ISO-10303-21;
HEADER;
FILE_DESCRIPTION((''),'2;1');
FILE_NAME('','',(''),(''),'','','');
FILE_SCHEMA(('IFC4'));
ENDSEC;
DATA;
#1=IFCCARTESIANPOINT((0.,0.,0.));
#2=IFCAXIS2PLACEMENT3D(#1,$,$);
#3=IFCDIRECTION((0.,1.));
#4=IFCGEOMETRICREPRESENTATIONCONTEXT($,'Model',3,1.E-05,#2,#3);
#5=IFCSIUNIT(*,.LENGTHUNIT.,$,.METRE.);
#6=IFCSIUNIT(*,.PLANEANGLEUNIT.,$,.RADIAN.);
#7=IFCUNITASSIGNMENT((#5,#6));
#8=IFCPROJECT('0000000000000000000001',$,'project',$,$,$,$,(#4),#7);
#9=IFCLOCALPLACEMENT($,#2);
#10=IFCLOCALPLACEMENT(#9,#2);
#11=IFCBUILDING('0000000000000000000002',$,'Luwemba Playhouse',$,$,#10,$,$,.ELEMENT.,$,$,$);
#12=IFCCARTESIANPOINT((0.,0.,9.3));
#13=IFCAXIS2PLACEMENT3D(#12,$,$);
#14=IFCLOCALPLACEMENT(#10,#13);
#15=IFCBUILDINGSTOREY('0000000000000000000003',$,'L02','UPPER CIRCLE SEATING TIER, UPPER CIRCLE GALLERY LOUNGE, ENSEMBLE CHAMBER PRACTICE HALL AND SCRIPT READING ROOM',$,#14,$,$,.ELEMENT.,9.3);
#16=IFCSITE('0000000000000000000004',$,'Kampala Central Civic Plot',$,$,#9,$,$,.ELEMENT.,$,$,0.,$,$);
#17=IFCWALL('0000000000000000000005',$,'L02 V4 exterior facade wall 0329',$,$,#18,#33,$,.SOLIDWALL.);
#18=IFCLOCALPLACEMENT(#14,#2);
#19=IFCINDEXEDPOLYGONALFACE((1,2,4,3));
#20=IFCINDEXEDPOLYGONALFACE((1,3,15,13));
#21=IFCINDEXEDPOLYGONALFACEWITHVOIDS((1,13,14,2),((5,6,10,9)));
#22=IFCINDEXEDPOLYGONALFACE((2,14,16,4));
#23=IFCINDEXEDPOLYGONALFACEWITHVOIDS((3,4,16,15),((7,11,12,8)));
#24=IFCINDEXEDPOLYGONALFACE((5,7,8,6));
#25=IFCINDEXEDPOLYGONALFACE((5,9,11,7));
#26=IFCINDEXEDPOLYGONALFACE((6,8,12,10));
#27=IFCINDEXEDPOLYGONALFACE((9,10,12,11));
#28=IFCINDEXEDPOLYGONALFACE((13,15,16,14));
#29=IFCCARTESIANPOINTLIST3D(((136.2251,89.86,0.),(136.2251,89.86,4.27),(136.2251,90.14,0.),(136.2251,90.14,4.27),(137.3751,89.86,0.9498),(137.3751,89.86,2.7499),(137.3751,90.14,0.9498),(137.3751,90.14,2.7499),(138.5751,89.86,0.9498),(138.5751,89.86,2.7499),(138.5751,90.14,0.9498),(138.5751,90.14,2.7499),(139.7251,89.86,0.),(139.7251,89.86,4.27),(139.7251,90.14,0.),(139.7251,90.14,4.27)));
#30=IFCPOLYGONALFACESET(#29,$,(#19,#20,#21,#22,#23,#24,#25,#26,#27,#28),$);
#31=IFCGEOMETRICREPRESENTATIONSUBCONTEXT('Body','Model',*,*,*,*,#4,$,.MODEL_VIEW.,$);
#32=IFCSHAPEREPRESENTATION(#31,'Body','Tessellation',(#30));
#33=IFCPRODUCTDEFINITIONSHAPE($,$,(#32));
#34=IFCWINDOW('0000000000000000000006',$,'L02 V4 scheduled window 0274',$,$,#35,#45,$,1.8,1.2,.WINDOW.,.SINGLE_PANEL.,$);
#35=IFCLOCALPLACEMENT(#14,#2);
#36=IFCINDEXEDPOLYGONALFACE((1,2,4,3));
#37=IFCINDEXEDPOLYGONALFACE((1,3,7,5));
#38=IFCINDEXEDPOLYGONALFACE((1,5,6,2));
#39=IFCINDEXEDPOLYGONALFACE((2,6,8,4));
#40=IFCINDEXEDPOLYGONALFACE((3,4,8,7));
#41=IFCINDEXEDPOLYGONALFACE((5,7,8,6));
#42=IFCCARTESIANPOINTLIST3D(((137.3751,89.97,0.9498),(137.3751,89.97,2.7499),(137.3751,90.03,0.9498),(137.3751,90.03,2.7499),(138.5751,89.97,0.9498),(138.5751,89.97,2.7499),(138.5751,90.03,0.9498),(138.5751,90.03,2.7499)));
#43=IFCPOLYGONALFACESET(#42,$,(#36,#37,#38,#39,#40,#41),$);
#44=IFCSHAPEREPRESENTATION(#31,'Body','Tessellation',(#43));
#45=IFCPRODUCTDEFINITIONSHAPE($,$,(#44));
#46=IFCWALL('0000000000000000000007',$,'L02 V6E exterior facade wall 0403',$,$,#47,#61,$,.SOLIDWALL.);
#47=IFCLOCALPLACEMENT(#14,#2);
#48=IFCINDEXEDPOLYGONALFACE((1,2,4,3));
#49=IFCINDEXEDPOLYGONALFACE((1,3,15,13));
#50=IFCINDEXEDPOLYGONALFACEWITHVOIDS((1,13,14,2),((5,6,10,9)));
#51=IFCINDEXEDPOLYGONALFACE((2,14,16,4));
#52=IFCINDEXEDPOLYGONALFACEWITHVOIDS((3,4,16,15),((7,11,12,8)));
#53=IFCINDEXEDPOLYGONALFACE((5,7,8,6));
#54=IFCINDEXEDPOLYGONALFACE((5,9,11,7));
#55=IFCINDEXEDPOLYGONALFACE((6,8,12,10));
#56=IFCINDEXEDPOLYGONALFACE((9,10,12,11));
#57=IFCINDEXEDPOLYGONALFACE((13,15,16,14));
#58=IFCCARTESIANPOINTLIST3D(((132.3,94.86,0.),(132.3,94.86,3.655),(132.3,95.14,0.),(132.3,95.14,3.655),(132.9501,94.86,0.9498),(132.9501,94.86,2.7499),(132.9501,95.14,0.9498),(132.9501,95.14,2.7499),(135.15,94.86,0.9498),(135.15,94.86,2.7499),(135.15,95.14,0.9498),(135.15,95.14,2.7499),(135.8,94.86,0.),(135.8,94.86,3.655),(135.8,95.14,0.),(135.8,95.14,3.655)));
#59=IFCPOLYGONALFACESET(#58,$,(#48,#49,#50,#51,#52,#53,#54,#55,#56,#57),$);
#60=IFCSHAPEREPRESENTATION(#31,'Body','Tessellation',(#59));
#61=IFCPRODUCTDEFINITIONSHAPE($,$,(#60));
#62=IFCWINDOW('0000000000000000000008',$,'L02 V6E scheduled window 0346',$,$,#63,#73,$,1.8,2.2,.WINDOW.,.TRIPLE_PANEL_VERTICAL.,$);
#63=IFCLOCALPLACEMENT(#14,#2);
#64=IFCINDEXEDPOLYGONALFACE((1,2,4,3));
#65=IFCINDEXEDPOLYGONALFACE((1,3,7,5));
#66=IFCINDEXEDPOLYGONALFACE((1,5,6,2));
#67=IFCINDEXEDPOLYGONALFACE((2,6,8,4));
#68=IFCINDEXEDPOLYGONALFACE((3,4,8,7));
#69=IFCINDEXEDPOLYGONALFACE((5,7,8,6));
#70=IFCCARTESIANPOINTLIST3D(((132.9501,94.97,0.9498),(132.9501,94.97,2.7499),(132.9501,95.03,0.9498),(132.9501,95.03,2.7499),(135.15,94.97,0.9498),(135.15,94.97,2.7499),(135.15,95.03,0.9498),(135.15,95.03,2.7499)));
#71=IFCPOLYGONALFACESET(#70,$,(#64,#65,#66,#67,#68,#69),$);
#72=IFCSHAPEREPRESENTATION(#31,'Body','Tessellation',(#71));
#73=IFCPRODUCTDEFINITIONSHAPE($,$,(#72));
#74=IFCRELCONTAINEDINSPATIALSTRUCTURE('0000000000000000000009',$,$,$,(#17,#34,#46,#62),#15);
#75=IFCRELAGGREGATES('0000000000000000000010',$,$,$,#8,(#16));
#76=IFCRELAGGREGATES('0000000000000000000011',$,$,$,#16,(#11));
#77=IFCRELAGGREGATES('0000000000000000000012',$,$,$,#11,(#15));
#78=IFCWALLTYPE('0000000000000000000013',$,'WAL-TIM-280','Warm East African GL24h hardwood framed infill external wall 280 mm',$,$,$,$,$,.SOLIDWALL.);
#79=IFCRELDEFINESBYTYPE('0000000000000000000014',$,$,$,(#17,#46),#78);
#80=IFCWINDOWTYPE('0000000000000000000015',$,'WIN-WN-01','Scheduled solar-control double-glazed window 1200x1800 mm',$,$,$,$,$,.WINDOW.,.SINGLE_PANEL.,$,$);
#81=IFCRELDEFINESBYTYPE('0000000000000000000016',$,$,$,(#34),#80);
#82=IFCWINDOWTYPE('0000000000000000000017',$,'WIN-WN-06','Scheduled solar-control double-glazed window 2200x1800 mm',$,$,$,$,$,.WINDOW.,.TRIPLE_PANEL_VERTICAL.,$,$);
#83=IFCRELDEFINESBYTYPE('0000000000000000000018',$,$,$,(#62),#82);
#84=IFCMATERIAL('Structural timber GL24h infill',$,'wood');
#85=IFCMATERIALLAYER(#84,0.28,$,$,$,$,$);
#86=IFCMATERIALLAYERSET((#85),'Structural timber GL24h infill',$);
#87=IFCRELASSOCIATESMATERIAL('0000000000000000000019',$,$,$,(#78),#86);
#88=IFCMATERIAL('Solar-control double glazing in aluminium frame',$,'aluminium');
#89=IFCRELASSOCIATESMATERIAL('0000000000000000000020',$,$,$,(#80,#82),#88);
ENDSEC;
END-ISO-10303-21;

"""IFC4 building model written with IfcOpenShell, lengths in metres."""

from ifc_helpers import new_model, si_unit, direction, frame, frame_2d, origin, place, context, subcontext, project, spatial, rectangle, extrude, material, layer, layer_set, type_object, element, fill, save


model = new_model("IFC4")

# Units and contexts
model_context = context("Model", 3, precision=1e-05, world=origin(), true_north=direction((0.0, 1.0)))
body_context = subcontext(model_context, "Body", "Model", "MODEL_VIEW")
ifc_project = project(units=[si_unit("LENGTHUNIT", "METRE"), si_unit("PLANEANGLEUNIT", "RADIAN")], contexts=[model_context])

# Site, building, storey
site_placement = place(None, origin())
site = spatial("IfcSite", under=ifc_project, at=site_placement, Name="Kampala Central Civic Plot", CompositionType="ELEMENT", RefElevation=0.0)
building_placement = place(site_placement, origin())
building = spatial("IfcBuilding", under=site, at=building_placement, Name="Luwemba Playhouse", CompositionType="ELEMENT")
storey_placement = place(building_placement, frame((0.0, 0.0, 9.3)))
storey = spatial("IfcBuildingStorey", under=building, at=storey_placement, Name="L02", Description="UPPER CIRCLE SEATING TIER, UPPER CIRCLE GALLERY LOUNGE, ENSEMBLE CHAMBER PRACTICE HALL AND SCRIPT READING ROOM", CompositionType="ELEMENT", Elevation=9.3)

# Shared definitions
ifc_material_1 = material(Name="Solar-control double glazing in aluminium frame", Category="aluminium")

# Walls, openings, windows
ifc_material_2 = material(Name="Structural timber GL24h infill", Category="wood")
ifc_layer_1 = layer(ifc_material_2, 0.28)
ifc_layer_set_1 = layer_set([ifc_layer_1], Name="Structural timber GL24h infill")
wall_type_1 = type_object("IfcWallType", Name="WAL-TIM-280", Description="Warm East African GL24h hardwood framed infill external wall 280 mm", PredefinedType="SOLIDWALL", material=ifc_layer_set_1)
wall_1_placement = place(storey_placement, frame((136.2251, 90.0, 0.0), z_axis=(0.0, 0.0, 1.0), x_axis=(1.0, 0.0, 0.0)))
wall_1 = element("IfcWall", 1, at=wall_1_placement, inside=storey, type_object=wall_type_1, Name="L02 V4 exterior facade wall 0329", PredefinedType="SOLIDWALL", context=body_context, shape_type="SweptSolid", body=[
    extrude(rectangle(XDim=3.5, YDim=0.28, at=frame_2d((1.75, 0.0))), origin(), (0.0, 0.0, 1.0), 4.27),
])
opening_1_placement = place(wall_1_placement, frame((1.1499, 0.0, 0.95)))
opening_1 = element("IfcOpeningElement", 2, at=opening_1_placement, cuts=wall_1, PredefinedType="OPENING", context=body_context, shape_type="SweptSolid", body=[
    extrude(rectangle(XDim=1.2, YDim=1.8, at=frame_2d((0.6001, 0.8999))), frame((0.0, 0.1499, 0.0), z_axis=(0.0, -1.0, 0.0), x_axis=(1.0, 0.0, 0.0)), (0.0, 0.0, 1.0), 0.3),
])
window_type_1 = type_object("IfcWindowType", Name="WIN-WN-01", Description="Scheduled solar-control double-glazed window 1200x1800 mm", PartitioningType="SINGLE_PANEL", PredefinedType="WINDOW", material=ifc_material_1)
window_1_placement = place(opening_1_placement, origin())
window_1 = element("IfcWindow", 3, at=window_1_placement, inside=storey, type_object=window_type_1, Name="L02 V4 scheduled window 0274", OverallHeight=1.8, OverallWidth=1.2, PartitioningType="SINGLE_PANEL", PredefinedType="WINDOW", context=body_context, shape_type="SweptSolid", body=[
    extrude(rectangle(XDim=1.2, YDim=1.8, at=frame_2d((0.6001, 0.8999))), frame((0.0, 0.03, 0.0), z_axis=(0.0, -1.0, 0.0), x_axis=(1.0, 0.0, 0.0)), (0.0, 0.0, 1.0), 0.0601),
])
fill(opening_1, window_1)
wall_2_placement = place(storey_placement, frame((135.8, 95.0, 0.0), z_axis=(0.0, 0.0, 1.0), x_axis=(-1.0, 0.0, 0.0)))
wall_2 = element("IfcWall", 4, at=wall_2_placement, inside=storey, type_object=wall_type_1, Name="L02 V6E exterior facade wall 0403", PredefinedType="SOLIDWALL", context=body_context, shape_type="SweptSolid", body=[
    extrude(rectangle(XDim=3.5, YDim=0.28, at=frame_2d((1.75, 0.0))), origin(), (0.0, 0.0, 1.0), 3.655),
])
opening_2_placement = place(wall_2_placement, frame((0.6499, 0.0, 0.95)))
opening_2 = element("IfcOpeningElement", 5, at=opening_2_placement, cuts=wall_2, PredefinedType="OPENING", context=body_context, shape_type="SweptSolid", body=[
    extrude(rectangle(XDim=2.2, YDim=1.8, at=frame_2d((1.1001, 0.8999))), frame((0.0, 0.1499, 0.0), z_axis=(0.0, -1.0, 0.0), x_axis=(1.0, 0.0, 0.0)), (0.0, 0.0, 1.0), 0.3),
])
window_type_2 = type_object("IfcWindowType", Name="WIN-WN-06", Description="Scheduled solar-control double-glazed window 2200x1800 mm", PartitioningType="TRIPLE_PANEL_VERTICAL", PredefinedType="WINDOW", material=ifc_material_1)
window_2_placement = place(opening_2_placement, origin())
window_2 = element("IfcWindow", 6, at=window_2_placement, inside=storey, type_object=window_type_2, Name="L02 V6E scheduled window 0346", OverallHeight=1.8, OverallWidth=2.2, PartitioningType="TRIPLE_PANEL_VERTICAL", PredefinedType="WINDOW", context=body_context, shape_type="SweptSolid", body=[
    extrude(rectangle(XDim=2.2, YDim=1.8, at=frame_2d((1.1001, 0.8999))), frame((0.0, 0.03, 0.0), z_axis=(0.0, -1.0, 0.0), x_axis=(1.0, 0.0, 0.0)), (0.0, 0.0, 1.0), 0.0601),
])
fill(opening_2, window_2)

save(model, "model.ifc")
